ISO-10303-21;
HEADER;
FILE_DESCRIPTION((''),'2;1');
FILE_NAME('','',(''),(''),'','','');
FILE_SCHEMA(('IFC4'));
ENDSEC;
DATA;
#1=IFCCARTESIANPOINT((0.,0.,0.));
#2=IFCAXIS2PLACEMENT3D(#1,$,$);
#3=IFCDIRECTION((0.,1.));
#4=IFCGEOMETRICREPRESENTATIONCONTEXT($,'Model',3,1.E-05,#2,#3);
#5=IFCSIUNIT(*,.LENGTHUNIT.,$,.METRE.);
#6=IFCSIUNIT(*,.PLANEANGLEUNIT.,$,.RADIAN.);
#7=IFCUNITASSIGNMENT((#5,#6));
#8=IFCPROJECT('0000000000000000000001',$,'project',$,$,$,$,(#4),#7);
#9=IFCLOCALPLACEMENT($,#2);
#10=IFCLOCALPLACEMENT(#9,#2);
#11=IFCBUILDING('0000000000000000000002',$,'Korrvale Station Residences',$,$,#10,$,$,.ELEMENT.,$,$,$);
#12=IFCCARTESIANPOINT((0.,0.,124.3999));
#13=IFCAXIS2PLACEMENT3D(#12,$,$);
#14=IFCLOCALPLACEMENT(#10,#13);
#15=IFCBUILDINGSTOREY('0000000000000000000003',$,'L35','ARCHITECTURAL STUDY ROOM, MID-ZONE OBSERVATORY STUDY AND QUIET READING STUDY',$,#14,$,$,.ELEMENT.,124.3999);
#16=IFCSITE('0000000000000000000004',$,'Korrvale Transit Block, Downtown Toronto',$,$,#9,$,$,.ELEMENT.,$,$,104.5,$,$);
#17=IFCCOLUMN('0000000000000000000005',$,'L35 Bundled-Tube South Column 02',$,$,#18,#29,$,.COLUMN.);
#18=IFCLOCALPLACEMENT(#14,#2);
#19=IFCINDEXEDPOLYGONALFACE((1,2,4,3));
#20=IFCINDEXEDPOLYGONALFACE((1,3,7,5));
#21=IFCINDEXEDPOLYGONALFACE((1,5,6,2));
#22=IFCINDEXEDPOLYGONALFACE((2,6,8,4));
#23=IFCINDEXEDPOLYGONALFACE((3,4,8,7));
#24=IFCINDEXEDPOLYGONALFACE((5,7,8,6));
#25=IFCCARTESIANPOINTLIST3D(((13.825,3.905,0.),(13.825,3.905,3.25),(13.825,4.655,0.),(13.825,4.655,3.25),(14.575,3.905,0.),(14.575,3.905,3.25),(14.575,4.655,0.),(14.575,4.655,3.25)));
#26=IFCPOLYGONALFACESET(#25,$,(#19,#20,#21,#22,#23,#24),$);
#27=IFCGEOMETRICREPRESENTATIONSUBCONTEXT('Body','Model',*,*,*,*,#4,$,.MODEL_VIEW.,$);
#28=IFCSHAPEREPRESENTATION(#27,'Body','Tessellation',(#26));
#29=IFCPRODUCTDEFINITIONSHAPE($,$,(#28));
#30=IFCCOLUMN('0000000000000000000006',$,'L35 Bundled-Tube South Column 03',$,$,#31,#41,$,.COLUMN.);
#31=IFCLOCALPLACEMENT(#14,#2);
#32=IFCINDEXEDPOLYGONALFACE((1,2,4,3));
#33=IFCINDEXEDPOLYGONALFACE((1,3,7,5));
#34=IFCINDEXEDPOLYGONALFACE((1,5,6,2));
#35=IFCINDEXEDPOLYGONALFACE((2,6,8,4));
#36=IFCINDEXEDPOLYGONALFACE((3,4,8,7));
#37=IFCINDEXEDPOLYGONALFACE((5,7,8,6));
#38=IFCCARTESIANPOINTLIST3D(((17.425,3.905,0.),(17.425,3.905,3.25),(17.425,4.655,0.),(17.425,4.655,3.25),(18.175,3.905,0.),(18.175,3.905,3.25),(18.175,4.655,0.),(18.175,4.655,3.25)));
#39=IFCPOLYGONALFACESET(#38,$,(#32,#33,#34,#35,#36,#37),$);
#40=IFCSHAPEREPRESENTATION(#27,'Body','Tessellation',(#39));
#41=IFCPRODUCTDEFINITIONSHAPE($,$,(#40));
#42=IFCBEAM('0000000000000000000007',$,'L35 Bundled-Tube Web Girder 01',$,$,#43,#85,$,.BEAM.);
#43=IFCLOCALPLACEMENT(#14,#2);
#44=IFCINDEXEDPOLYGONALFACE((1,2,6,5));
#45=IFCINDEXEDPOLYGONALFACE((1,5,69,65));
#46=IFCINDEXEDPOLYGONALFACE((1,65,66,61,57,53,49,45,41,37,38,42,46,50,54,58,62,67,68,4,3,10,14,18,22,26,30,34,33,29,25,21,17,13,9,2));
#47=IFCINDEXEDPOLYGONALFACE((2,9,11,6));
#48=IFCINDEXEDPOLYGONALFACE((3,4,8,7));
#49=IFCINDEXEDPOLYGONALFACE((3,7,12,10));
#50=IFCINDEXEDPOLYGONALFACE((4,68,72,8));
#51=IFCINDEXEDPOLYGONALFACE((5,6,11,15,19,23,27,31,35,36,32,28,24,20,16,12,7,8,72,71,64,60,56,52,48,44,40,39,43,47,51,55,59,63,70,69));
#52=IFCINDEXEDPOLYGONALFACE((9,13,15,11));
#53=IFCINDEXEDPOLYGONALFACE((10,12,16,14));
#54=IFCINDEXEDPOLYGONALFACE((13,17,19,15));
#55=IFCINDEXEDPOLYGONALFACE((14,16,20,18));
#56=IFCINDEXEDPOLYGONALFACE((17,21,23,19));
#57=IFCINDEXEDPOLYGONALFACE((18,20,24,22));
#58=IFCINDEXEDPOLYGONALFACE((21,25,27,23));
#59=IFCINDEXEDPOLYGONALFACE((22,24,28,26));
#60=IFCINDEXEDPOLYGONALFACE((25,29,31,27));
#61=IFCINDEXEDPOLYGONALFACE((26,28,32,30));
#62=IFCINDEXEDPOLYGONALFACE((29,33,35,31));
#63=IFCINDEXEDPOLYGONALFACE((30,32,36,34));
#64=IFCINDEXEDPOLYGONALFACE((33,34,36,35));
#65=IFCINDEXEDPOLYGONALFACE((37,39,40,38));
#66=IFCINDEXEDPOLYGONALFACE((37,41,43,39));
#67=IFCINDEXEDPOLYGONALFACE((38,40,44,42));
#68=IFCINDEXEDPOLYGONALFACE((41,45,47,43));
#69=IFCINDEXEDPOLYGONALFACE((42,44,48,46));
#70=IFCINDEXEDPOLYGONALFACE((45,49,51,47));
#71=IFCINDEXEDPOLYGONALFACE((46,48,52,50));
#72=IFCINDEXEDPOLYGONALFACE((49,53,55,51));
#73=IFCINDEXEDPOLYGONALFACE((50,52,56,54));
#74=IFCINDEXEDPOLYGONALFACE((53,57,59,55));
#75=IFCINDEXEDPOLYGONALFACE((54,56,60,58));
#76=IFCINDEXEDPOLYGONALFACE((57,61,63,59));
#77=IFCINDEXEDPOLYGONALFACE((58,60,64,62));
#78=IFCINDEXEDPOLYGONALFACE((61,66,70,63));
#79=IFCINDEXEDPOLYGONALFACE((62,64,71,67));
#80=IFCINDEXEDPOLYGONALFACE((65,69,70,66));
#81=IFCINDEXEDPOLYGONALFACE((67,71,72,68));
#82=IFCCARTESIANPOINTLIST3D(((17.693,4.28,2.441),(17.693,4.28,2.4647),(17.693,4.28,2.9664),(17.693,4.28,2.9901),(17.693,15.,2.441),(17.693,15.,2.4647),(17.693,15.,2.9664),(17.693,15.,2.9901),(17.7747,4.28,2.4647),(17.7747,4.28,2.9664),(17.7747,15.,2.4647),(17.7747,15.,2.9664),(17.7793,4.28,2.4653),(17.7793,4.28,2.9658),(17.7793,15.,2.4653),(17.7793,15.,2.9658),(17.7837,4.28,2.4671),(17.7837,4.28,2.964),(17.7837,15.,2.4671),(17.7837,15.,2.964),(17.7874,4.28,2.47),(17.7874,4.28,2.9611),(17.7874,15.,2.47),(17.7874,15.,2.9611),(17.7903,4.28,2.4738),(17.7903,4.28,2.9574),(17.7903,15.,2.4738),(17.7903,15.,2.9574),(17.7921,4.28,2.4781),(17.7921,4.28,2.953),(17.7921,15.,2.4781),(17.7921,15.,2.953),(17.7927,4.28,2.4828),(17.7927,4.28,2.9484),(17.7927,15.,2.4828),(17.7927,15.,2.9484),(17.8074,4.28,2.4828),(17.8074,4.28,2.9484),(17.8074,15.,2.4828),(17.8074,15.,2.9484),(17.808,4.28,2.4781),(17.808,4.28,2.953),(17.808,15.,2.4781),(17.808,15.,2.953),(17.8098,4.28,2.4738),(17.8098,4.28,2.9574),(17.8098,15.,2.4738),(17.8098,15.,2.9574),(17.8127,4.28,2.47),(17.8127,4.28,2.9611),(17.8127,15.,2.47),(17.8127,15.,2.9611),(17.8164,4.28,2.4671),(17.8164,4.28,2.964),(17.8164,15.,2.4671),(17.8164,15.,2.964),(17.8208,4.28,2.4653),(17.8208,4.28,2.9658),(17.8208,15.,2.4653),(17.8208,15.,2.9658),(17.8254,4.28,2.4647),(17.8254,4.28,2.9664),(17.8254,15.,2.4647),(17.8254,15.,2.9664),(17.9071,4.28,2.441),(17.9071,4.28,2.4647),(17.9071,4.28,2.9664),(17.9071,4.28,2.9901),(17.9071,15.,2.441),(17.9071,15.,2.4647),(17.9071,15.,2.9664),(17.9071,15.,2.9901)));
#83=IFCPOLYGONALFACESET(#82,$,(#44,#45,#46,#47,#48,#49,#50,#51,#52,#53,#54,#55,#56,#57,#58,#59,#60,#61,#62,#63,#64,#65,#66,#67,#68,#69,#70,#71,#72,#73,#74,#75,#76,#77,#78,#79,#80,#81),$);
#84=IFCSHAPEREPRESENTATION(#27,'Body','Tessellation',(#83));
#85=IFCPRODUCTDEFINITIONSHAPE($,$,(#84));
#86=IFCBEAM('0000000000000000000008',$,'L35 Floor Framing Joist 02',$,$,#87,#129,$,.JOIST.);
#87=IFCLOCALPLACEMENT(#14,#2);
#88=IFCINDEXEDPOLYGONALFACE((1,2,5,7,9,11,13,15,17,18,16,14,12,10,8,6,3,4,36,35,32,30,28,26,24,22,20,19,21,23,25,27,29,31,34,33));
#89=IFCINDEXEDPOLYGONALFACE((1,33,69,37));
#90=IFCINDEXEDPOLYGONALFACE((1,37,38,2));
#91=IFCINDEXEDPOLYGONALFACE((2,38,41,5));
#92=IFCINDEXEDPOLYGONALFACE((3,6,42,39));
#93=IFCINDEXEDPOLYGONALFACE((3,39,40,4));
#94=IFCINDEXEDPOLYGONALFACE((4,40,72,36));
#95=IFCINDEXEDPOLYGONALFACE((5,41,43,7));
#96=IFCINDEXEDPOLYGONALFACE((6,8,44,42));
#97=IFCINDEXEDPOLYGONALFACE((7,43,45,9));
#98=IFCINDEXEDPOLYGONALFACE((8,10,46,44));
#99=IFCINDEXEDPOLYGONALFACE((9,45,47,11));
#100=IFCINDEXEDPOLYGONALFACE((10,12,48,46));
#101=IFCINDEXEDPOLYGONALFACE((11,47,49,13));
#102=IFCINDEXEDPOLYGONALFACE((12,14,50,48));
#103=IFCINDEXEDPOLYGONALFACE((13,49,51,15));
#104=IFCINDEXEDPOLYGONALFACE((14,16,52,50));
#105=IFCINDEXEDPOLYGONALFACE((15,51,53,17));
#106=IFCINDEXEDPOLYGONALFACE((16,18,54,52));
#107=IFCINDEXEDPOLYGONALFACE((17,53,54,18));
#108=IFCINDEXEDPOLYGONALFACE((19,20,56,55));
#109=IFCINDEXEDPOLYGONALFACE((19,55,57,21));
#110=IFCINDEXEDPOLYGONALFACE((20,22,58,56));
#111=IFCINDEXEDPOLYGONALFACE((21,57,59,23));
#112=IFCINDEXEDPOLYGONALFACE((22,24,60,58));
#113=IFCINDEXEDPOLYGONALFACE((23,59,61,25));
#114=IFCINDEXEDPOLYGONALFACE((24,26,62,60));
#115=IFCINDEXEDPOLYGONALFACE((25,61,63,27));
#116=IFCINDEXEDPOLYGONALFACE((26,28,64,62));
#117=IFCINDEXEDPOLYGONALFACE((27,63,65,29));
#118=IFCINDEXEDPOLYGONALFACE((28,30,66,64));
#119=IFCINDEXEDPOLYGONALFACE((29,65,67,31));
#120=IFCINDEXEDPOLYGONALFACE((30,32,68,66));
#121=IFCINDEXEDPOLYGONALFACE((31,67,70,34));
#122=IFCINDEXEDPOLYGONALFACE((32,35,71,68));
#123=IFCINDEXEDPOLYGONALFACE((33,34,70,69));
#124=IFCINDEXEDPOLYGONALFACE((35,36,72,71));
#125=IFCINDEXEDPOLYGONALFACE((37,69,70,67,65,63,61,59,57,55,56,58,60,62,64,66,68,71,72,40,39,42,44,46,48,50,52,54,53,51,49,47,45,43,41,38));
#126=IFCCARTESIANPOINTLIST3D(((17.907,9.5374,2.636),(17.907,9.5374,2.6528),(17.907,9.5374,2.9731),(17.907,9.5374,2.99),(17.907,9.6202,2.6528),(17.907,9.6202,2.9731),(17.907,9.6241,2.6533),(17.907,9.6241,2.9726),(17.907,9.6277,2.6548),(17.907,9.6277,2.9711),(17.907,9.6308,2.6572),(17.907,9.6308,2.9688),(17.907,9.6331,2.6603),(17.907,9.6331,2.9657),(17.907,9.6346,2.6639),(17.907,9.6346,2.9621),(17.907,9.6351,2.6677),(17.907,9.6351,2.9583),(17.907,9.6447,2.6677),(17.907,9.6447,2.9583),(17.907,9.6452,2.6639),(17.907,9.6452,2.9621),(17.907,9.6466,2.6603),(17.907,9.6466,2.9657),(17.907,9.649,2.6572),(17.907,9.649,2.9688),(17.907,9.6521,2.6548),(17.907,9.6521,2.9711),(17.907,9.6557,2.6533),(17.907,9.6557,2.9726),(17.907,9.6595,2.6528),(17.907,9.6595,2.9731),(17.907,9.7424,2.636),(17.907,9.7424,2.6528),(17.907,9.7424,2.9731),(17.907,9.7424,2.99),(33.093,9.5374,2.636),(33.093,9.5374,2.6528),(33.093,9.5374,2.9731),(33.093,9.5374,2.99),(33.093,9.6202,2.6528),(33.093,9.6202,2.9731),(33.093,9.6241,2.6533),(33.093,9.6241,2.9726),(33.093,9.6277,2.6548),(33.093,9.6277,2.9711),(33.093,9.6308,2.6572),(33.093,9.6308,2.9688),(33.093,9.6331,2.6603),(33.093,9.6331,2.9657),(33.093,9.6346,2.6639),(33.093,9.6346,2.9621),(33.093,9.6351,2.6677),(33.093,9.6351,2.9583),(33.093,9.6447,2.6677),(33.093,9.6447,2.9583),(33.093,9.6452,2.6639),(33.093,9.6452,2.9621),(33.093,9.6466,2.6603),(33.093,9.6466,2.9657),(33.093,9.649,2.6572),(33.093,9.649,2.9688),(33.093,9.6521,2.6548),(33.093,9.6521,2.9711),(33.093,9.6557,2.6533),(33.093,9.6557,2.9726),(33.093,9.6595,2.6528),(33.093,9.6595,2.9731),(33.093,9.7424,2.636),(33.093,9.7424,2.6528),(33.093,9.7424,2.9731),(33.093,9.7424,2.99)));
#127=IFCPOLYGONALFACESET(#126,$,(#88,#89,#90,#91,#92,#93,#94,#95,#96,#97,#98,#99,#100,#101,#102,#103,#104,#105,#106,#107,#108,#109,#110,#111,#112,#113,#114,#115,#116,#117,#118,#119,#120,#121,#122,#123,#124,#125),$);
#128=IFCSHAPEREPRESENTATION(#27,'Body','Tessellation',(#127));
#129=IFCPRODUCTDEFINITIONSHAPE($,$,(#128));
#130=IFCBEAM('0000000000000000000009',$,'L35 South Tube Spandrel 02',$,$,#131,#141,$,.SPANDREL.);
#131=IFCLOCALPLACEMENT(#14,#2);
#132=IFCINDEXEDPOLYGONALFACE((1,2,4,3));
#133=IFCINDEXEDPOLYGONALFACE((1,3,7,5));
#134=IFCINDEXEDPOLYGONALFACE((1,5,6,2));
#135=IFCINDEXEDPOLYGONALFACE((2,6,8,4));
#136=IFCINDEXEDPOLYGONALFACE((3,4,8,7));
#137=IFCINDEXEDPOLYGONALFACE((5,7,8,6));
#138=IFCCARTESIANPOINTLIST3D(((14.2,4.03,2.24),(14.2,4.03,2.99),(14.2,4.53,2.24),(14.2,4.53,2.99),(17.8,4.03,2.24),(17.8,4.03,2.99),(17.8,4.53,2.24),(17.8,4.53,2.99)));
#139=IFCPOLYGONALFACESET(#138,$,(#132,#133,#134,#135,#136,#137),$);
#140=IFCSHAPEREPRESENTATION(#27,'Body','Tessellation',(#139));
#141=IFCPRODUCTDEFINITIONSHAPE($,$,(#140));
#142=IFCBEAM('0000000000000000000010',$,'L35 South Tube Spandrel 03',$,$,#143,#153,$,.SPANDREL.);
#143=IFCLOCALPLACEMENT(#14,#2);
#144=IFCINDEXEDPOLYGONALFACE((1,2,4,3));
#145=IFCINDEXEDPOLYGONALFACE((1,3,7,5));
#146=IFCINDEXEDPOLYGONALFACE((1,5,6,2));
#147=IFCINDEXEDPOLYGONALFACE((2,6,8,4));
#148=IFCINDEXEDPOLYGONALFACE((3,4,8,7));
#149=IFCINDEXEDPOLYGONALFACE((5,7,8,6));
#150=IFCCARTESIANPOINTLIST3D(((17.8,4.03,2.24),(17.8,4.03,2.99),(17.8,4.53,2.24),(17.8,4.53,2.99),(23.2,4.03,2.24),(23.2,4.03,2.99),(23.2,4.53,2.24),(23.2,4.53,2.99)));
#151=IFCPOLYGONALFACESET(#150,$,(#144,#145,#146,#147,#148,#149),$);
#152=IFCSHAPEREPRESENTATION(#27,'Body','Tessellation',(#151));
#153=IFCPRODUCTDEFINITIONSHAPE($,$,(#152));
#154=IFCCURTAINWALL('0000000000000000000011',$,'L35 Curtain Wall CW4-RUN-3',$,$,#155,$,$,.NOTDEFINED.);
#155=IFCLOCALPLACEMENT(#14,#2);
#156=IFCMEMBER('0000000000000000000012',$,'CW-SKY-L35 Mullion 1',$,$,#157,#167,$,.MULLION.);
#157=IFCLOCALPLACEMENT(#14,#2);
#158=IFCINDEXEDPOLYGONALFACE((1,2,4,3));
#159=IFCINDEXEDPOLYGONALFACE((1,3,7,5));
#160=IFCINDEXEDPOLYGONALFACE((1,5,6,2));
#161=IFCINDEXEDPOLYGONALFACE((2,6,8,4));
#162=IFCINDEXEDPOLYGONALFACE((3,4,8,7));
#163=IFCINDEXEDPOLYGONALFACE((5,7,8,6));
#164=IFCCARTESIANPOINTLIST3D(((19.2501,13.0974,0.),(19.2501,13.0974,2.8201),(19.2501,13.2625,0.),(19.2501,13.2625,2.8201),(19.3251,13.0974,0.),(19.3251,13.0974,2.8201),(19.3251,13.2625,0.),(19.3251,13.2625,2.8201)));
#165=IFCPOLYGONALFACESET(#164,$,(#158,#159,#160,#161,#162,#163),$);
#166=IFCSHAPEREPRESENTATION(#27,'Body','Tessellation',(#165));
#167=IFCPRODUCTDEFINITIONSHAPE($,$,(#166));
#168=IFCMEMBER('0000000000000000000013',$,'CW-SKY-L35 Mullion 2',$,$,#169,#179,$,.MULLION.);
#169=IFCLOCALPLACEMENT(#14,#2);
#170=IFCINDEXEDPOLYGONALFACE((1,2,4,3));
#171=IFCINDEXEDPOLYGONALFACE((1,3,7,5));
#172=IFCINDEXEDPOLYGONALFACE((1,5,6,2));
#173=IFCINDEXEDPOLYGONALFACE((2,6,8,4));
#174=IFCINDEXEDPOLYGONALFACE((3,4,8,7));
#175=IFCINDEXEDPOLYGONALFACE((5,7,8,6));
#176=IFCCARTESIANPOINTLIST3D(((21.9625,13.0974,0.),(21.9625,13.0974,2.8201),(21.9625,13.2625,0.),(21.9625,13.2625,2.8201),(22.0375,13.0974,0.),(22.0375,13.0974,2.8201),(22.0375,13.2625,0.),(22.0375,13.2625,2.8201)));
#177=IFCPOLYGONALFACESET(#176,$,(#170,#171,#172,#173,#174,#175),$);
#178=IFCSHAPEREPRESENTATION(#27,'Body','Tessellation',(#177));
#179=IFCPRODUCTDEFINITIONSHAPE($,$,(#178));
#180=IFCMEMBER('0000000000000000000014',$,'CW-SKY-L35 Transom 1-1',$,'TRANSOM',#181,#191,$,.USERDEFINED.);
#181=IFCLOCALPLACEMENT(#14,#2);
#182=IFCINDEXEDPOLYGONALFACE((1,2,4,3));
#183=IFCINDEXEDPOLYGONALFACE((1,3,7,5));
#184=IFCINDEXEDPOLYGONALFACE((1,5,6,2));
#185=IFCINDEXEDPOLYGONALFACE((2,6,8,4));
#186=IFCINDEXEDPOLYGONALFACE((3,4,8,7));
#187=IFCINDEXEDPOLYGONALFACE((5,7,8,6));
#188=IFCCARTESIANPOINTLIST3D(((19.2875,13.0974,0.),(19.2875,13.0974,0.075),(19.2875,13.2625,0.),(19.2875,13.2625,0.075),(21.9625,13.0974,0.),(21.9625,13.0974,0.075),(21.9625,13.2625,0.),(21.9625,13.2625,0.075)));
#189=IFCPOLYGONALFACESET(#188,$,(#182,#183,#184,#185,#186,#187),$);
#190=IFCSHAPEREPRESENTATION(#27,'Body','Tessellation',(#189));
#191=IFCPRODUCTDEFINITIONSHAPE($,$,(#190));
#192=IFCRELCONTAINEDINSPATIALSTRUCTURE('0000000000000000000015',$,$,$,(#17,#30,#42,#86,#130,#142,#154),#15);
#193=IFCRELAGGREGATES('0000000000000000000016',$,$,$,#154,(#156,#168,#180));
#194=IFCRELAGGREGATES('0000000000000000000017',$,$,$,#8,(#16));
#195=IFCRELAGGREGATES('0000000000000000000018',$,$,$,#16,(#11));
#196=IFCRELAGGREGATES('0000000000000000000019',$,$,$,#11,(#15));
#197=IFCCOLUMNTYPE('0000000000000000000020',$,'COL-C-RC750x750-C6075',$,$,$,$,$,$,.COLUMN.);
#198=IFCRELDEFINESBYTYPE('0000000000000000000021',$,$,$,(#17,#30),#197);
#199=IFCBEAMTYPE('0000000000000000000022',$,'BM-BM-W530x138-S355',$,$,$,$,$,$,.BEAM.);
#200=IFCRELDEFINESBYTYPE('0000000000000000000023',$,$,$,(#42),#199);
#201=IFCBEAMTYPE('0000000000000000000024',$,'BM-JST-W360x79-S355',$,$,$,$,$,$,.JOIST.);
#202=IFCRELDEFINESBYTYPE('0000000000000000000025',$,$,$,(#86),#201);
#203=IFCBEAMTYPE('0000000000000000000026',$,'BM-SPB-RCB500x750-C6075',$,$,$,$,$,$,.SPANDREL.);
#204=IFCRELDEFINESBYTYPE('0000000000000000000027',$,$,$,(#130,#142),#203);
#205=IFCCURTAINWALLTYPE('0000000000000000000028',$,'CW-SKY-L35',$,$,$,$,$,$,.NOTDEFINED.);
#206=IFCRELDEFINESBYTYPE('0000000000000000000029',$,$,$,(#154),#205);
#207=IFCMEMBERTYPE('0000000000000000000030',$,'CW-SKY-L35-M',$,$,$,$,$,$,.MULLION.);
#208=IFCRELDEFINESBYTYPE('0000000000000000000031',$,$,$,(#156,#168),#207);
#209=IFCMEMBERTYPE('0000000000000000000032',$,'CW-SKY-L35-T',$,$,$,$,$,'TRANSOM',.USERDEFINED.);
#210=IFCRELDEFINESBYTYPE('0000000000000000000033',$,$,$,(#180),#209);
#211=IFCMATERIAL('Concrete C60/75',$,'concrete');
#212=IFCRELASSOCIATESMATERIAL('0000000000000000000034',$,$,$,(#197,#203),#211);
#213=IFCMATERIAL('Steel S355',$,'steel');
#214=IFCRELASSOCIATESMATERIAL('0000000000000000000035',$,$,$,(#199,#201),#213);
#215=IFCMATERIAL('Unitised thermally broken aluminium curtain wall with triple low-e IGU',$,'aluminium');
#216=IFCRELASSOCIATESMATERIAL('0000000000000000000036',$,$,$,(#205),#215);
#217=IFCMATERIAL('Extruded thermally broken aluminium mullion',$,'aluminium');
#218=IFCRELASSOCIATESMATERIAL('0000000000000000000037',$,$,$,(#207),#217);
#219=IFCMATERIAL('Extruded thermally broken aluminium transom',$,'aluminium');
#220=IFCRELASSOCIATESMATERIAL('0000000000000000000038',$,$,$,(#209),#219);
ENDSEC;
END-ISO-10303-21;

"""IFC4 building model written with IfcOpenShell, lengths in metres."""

from ifc_helpers import new_model, si_unit, direction, frame, origin, origin_2d, place, context, subcontext, project, spatial, rectangle, i_section, extrude, material, material_profile, profile_set, type_object, element, aggregate, save


model = new_model("IFC4")

# Units and contexts
model_context = context("Model", 3, precision=1e-05, world=origin(), true_north=direction((0.0, 1.0)))
body_context = subcontext(model_context, "Body", "Model", "MODEL_VIEW")
ifc_project = project(units=[si_unit("LENGTHUNIT", "METRE"), si_unit("PLANEANGLEUNIT", "RADIAN")], contexts=[model_context])

# Site, building, storey
site_placement = place(None, origin())
site = spatial("IfcSite", under=ifc_project, at=site_placement, Name="Korrvale Transit Block, Downtown Toronto", CompositionType="ELEMENT", RefElevation=104.5)
building_placement = place(site_placement, origin())
building = spatial("IfcBuilding", under=site, at=building_placement, Name="Korrvale Station Residences", CompositionType="ELEMENT")
storey_placement = place(building_placement, frame((0.0, 0.0, 124.3999)))
storey = spatial("IfcBuildingStorey", under=building, at=storey_placement, Name="L35", Description="ARCHITECTURAL STUDY ROOM, MID-ZONE OBSERVATORY STUDY AND QUIET READING STUDY", CompositionType="ELEMENT", Elevation=124.3999)

# Columns
ifc_material_1 = material(Name="Concrete C60/75", Category="concrete")
ifc_material_profile_1 = material_profile(ifc_material_1, rectangle(XDim=0.75, YDim=0.75, at=origin_2d()), Name="RC750x750")
ifc_profile_set_1 = profile_set([ifc_material_profile_1], Name="Concrete C60/75")
column_type = type_object("IfcColumnType", Name="COL-C-RC750x750-C6075", PredefinedType="COLUMN", material=ifc_profile_set_1)
for number, where, z_axis, x_axis, name in (
    (1, (14.2, 4.28, 0.0), (0.0, 0.0, 1.0), (1.0, 0.0, 0.0), "L35 Bundled-Tube South Column 02"),
    (2, (17.8, 4.28, 0.0), (0.0, 0.0, 1.0), (1.0, 0.0, 0.0), "L35 Bundled-Tube South Column 03"),
):
    element("IfcColumn", number, at=place(storey_placement, frame(where, z_axis=z_axis, x_axis=x_axis)), inside=storey, type_object=column_type, Name=name, PredefinedType="COLUMN", context=body_context, shape_type="SweptSolid", body=[
        extrude(rectangle(XDim=0.75, YDim=0.75, at=origin_2d()), origin(), (0.0, 0.0, 1.0), 3.25),
    ])

# Beams
ifc_material_2 = material(Name="Steel S355", Category="steel")
ifc_material_profile_2 = material_profile(ifc_material_2, i_section(OverallWidth=0.2141, OverallDepth=0.5491, WebThickness=0.0146, FlangeThickness=0.0237, FilletRadius=0.0181, at=origin_2d()), Name="W530x138")
ifc_profile_set_2 = profile_set([ifc_material_profile_2], Name="Steel S355")
beam_type_1 = type_object("IfcBeamType", Name="BM-BM-W530x138-S355", PredefinedType="BEAM", material=ifc_profile_set_2)
beam_1_placement = place(storey_placement, frame((17.8, 4.28, 2.7156), z_axis=(0.0, 1.0, 0.0), x_axis=(-1.0, 0.0, 0.0)))
element("IfcBeam", 3, at=beam_1_placement, inside=storey, type_object=beam_type_1, Name="L35 Bundled-Tube Web Girder 01", PredefinedType="BEAM", context=body_context, shape_type="SweptSolid", body=[
    extrude(i_section(OverallWidth=0.2141, OverallDepth=0.5491, WebThickness=0.0146, FlangeThickness=0.0237, FilletRadius=0.0181, at=origin_2d()), origin(), (0.0, 0.0, 1.0), 10.72),
])
ifc_material_profile_3 = material_profile(ifc_material_2, i_section(OverallWidth=0.2051, OverallDepth=0.354, WebThickness=0.0095, FlangeThickness=0.0168, FilletRadius=0.0149, at=origin_2d()), Name="W360x79")
ifc_profile_set_3 = profile_set([ifc_material_profile_3], Name="Steel S355")
beam_type_2 = type_object("IfcBeamType", Name="BM-JST-W360x79-S355", PredefinedType="JOIST", material=ifc_profile_set_3)
beam_2_placement = place(storey_placement, frame((17.907, 9.6399, 2.813), z_axis=(1.0, 0.0, 0.0), x_axis=(0.0, 1.0, 0.0)))
element("IfcBeam", 4, at=beam_2_placement, inside=storey, type_object=beam_type_2, Name="L35 Floor Framing Joist 02", PredefinedType="JOIST", context=body_context, shape_type="SweptSolid", body=[
    extrude(i_section(OverallWidth=0.2051, OverallDepth=0.354, WebThickness=0.0095, FlangeThickness=0.0168, FilletRadius=0.0149, at=origin_2d()), origin(), (0.0, 0.0, 1.0), 15.186),
])
ifc_material_profile_4 = material_profile(ifc_material_1, rectangle(XDim=0.5, YDim=0.75, at=origin_2d()), Name="RCB500x750")
ifc_profile_set_4 = profile_set([ifc_material_profile_4], Name="Concrete C60/75")
beam_type_3 = type_object("IfcBeamType", Name="BM-SPB-RCB500x750-C6075", PredefinedType="SPANDREL", material=ifc_profile_set_4)
beam_3_placement = place(storey_placement, frame((14.2, 4.28, 2.615), z_axis=(1.0, 0.0, 0.0), x_axis=(0.0, 1.0, 0.0)))
element("IfcBeam", 5, at=beam_3_placement, inside=storey, type_object=beam_type_3, Name="L35 South Tube Spandrel 02", PredefinedType="SPANDREL", context=body_context, shape_type="SweptSolid", body=[
    extrude(rectangle(XDim=0.5, YDim=0.75, at=origin_2d()), origin(), (0.0, 0.0, 1.0), 3.6001),
])
beam_4_placement = place(storey_placement, frame((17.8, 4.28, 2.615), z_axis=(1.0, 0.0, 0.0), x_axis=(0.0, 1.0, 0.0)))
element("IfcBeam", 6, at=beam_4_placement, inside=storey, type_object=beam_type_3, Name="L35 South Tube Spandrel 03", PredefinedType="SPANDREL", context=body_context, shape_type="SweptSolid", body=[
    extrude(rectangle(XDim=0.5, YDim=0.75, at=origin_2d()), origin(), (0.0, 0.0, 1.0), 5.3999),
])

# Curtain wall, members
ifc_material_3 = material(Name="Unitised thermally broken aluminium curtain wall with triple low-e IGU", Category="aluminium")
curtain_wall_type = type_object("IfcCurtainWallType", Name="CW-SKY-L35", PredefinedType="NOTDEFINED", material=ifc_material_3)
curtain_wall_placement = place(storey_placement, origin())
curtain_wall = element("IfcCurtainWall", 7, at=curtain_wall_placement, inside=storey, type_object=curtain_wall_type, Name="L35 Curtain Wall CW4-RUN-3", PredefinedType="NOTDEFINED")
ifc_material_4 = material(Name="Extruded thermally broken aluminium mullion", Category="aluminium")
member_type_1 = type_object("IfcMemberType", Name="CW-SKY-L35-M", PredefinedType="MULLION", material=ifc_material_4)
member_1_placement = place(storey_placement, frame((19.2876, 13.1799, 0.0), z_axis=(0.0, 0.0, 1.0), x_axis=(1.0, 0.0, 0.0)))
member_1 = element("IfcMember", 8, at=member_1_placement, type_object=member_type_1, Name="CW-SKY-L35 Mullion 1", PredefinedType="MULLION", context=body_context, shape_type="SweptSolid", body=[
    extrude(rectangle(XDim=0.075, YDim=0.165, at=origin_2d()), origin(), (0.0, 0.0, 1.0), 2.8201),
])
member_2_placement = place(storey_placement, frame((22.0, 13.1799, 0.0), z_axis=(0.0, 0.0, 1.0), x_axis=(1.0, 0.0, 0.0)))
member_2 = element("IfcMember", 9, at=member_2_placement, type_object=member_type_1, Name="CW-SKY-L35 Mullion 2", PredefinedType="MULLION", context=body_context, shape_type="SweptSolid", body=[
    extrude(rectangle(XDim=0.075, YDim=0.165, at=origin_2d()), origin(), (0.0, 0.0, 1.0), 2.8201),
])
ifc_material_5 = material(Name="Extruded thermally broken aluminium transom", Category="aluminium")
member_type_2 = type_object("IfcMemberType", Name="CW-SKY-L35-T", ElementType="TRANSOM", PredefinedType="USERDEFINED", material=ifc_material_5)
member_3_placement = place(storey_placement, frame((20.625, 13.1799, 0.0), z_axis=(0.0, 0.0, 1.0), x_axis=(1.0, 0.0, 0.0)))
member_3 = element("IfcMember", 10, at=member_3_placement, type_object=member_type_2, Name="CW-SKY-L35 Transom 1-1", ObjectType="TRANSOM", PredefinedType="USERDEFINED", context=body_context, shape_type="SweptSolid", body=[
    extrude(rectangle(XDim=2.675, YDim=0.165, at=origin_2d()), origin(), (0.0, 0.0, 1.0), 0.075),
])
aggregate(curtain_wall, [member_1, member_2, member_3])

save(model, "model.ifc")
